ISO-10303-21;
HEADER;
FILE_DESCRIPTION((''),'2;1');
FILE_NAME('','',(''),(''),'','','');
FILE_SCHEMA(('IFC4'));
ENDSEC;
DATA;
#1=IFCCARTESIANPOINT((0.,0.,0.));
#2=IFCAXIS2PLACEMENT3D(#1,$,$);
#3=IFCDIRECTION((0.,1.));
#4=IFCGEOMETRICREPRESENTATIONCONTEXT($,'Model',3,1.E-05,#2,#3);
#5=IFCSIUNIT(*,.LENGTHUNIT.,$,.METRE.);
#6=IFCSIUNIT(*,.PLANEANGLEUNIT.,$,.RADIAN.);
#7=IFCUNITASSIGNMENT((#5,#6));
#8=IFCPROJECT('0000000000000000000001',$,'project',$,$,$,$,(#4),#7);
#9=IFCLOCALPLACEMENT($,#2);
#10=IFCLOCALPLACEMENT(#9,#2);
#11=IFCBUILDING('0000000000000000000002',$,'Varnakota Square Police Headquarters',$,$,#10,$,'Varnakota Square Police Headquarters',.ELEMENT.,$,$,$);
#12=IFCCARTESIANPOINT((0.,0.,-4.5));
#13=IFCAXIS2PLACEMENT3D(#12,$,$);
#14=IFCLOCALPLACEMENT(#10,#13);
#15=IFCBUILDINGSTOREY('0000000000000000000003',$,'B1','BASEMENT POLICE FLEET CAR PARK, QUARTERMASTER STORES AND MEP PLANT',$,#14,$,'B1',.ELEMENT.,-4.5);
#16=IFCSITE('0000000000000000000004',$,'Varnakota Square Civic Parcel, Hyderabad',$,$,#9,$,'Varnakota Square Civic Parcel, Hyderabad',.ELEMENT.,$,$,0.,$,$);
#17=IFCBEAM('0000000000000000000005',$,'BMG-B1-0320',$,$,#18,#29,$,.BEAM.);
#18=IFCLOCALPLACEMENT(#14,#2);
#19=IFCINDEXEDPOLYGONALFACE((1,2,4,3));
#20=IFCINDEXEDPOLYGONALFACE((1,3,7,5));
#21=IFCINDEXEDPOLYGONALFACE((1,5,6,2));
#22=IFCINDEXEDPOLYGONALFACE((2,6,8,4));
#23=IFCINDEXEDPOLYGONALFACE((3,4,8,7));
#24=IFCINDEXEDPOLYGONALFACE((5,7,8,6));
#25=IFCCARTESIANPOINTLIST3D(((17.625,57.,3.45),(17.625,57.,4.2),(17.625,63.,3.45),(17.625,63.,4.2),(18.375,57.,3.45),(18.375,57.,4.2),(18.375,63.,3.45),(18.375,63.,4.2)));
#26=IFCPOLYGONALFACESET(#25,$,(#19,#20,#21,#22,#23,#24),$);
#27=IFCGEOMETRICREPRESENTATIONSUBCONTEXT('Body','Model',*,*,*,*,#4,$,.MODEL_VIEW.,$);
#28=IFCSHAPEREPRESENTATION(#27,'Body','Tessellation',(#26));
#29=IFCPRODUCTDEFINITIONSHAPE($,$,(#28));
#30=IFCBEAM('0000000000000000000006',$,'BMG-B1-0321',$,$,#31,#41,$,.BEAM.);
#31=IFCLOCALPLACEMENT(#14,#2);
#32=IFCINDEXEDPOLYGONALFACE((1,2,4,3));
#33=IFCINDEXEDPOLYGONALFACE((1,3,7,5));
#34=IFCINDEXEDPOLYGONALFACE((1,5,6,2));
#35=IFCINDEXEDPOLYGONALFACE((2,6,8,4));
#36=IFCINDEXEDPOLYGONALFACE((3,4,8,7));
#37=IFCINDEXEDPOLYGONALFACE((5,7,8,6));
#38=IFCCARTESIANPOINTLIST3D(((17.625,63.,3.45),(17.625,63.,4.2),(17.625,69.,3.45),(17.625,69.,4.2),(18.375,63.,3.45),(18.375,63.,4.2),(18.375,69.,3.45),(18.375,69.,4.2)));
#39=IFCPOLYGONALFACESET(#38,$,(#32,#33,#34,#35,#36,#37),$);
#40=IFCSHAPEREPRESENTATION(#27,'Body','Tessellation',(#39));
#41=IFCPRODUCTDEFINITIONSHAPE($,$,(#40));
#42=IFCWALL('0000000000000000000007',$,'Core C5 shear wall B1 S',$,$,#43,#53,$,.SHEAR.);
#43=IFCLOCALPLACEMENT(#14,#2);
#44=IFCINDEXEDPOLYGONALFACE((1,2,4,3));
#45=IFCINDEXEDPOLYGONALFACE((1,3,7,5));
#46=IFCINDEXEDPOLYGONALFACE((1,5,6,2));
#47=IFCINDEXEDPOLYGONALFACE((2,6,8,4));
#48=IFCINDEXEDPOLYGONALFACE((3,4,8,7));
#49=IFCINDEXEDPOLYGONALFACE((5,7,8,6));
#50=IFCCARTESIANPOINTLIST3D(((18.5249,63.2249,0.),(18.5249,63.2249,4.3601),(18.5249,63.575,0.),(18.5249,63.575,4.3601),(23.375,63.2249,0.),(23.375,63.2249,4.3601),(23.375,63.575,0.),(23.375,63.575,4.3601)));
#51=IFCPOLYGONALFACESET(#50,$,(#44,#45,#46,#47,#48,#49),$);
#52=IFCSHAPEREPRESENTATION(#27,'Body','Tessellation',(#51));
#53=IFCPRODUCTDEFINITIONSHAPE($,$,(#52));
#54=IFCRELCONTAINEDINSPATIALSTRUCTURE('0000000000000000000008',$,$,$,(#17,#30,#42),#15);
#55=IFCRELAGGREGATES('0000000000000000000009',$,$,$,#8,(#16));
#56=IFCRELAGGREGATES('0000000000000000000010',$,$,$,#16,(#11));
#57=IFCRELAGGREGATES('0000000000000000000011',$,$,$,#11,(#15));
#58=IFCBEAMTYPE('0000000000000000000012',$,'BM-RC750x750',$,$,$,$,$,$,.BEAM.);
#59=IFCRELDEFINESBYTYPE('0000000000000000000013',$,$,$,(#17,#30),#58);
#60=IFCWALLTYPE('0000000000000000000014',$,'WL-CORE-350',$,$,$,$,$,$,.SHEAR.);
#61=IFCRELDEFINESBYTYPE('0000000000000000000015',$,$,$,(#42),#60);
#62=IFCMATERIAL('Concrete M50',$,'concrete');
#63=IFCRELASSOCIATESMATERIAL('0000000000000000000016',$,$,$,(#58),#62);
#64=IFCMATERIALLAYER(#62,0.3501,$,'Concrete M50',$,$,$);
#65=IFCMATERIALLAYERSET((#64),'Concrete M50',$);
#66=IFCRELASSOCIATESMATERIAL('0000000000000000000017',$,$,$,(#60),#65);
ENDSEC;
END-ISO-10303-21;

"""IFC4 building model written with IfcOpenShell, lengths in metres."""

from ifc_helpers import new_model, si_unit, direction, frame, frame_2d, origin, origin_2d, place, context, subcontext, project, spatial, rectangle, extrude, material, layer, layer_set, material_profile, profile_set, type_object, element, save


model = new_model("IFC4")

# Units and contexts
model_context = context("Model", 3, precision=1e-05, world=origin(), true_north=direction((0.0, 1.0)))
body_context = subcontext(model_context, "Body", "Model", "MODEL_VIEW")
ifc_project = project(units=[si_unit("LENGTHUNIT", "METRE"), si_unit("PLANEANGLEUNIT", "RADIAN")], contexts=[model_context])

# Site, building, storey
site_placement = place(None, origin())
site = spatial("IfcSite", under=ifc_project, at=site_placement, Name="Varnakota Square Civic Parcel, Hyderabad", LongName="Varnakota Square Civic Parcel, Hyderabad", CompositionType="ELEMENT", RefElevation=0.0)
building_placement = place(site_placement, origin())
building = spatial("IfcBuilding", under=site, at=building_placement, Name="Varnakota Square Police Headquarters", LongName="Varnakota Square Police Headquarters", CompositionType="ELEMENT")
storey_placement = place(building_placement, frame((0.0, 0.0, -4.5)))
storey = spatial("IfcBuildingStorey", under=building, at=storey_placement, Name="B1", Description="BASEMENT POLICE FLEET CAR PARK, QUARTERMASTER STORES AND MEP PLANT", LongName="B1", CompositionType="ELEMENT", Elevation=-4.5)

# Shared definitions
ifc_material_1 = material(Name="Concrete M50", Category="concrete")

# Beams
ifc_material_profile_1 = material_profile(ifc_material_1, rectangle(XDim=0.75, YDim=0.75, at=origin_2d()), Name="RC 750x750")
ifc_profile_set_1 = profile_set([ifc_material_profile_1], Name="Concrete M50")
beam_type_1 = type_object("IfcBeamType", Name="BM-RC750x750", PredefinedType="BEAM", material=ifc_profile_set_1)
for number, where, z_axis, x_axis, name in (
    (1, (18.0, 57.0, 3.825), (0.0, 1.0, 0.0), (-1.0, 0.0, 0.0), "BMG-B1-0320"),
    (2, (18.0, 63.0, 3.825), (0.0, 1.0, 0.0), (-1.0, 0.0, 0.0), "BMG-B1-0321"),
):
    element("IfcBeam", number, at=place(storey_placement, frame(where, z_axis=z_axis, x_axis=x_axis)), inside=storey, type_object=beam_type_1, Name=name, PredefinedType="BEAM", context=body_context, shape_type="SweptSolid", body=[
        extrude(rectangle(XDim=0.75, YDim=0.75, at=origin_2d()), origin(), (0.0, 0.0, 1.0), 6.0),
    ])

# Wall
ifc_layer = layer(ifc_material_1, 0.3501, Name="Concrete M50")
ifc_layer_set = layer_set([ifc_layer], Name="Concrete M50")
wall_type = type_object("IfcWallType", Name="WL-CORE-350", PredefinedType="SHEAR", material=ifc_layer_set)
wall_placement = place(storey_placement, frame((18.5249, 63.3999, 0.0), z_axis=(0.0, 0.0, 1.0), x_axis=(1.0, 0.0, 0.0)))
element("IfcWall", 3, at=wall_placement, inside=storey, type_object=wall_type, Name="Core C5 shear wall B1 S", PredefinedType="SHEAR", context=body_context, shape_type="SweptSolid", body=[
    extrude(rectangle(XDim=4.8501, YDim=0.3501, at=frame_2d((2.425, 0.0))), origin(), (0.0, 0.0, 1.0), 4.3601),
])

save(model, "model.ifc")
